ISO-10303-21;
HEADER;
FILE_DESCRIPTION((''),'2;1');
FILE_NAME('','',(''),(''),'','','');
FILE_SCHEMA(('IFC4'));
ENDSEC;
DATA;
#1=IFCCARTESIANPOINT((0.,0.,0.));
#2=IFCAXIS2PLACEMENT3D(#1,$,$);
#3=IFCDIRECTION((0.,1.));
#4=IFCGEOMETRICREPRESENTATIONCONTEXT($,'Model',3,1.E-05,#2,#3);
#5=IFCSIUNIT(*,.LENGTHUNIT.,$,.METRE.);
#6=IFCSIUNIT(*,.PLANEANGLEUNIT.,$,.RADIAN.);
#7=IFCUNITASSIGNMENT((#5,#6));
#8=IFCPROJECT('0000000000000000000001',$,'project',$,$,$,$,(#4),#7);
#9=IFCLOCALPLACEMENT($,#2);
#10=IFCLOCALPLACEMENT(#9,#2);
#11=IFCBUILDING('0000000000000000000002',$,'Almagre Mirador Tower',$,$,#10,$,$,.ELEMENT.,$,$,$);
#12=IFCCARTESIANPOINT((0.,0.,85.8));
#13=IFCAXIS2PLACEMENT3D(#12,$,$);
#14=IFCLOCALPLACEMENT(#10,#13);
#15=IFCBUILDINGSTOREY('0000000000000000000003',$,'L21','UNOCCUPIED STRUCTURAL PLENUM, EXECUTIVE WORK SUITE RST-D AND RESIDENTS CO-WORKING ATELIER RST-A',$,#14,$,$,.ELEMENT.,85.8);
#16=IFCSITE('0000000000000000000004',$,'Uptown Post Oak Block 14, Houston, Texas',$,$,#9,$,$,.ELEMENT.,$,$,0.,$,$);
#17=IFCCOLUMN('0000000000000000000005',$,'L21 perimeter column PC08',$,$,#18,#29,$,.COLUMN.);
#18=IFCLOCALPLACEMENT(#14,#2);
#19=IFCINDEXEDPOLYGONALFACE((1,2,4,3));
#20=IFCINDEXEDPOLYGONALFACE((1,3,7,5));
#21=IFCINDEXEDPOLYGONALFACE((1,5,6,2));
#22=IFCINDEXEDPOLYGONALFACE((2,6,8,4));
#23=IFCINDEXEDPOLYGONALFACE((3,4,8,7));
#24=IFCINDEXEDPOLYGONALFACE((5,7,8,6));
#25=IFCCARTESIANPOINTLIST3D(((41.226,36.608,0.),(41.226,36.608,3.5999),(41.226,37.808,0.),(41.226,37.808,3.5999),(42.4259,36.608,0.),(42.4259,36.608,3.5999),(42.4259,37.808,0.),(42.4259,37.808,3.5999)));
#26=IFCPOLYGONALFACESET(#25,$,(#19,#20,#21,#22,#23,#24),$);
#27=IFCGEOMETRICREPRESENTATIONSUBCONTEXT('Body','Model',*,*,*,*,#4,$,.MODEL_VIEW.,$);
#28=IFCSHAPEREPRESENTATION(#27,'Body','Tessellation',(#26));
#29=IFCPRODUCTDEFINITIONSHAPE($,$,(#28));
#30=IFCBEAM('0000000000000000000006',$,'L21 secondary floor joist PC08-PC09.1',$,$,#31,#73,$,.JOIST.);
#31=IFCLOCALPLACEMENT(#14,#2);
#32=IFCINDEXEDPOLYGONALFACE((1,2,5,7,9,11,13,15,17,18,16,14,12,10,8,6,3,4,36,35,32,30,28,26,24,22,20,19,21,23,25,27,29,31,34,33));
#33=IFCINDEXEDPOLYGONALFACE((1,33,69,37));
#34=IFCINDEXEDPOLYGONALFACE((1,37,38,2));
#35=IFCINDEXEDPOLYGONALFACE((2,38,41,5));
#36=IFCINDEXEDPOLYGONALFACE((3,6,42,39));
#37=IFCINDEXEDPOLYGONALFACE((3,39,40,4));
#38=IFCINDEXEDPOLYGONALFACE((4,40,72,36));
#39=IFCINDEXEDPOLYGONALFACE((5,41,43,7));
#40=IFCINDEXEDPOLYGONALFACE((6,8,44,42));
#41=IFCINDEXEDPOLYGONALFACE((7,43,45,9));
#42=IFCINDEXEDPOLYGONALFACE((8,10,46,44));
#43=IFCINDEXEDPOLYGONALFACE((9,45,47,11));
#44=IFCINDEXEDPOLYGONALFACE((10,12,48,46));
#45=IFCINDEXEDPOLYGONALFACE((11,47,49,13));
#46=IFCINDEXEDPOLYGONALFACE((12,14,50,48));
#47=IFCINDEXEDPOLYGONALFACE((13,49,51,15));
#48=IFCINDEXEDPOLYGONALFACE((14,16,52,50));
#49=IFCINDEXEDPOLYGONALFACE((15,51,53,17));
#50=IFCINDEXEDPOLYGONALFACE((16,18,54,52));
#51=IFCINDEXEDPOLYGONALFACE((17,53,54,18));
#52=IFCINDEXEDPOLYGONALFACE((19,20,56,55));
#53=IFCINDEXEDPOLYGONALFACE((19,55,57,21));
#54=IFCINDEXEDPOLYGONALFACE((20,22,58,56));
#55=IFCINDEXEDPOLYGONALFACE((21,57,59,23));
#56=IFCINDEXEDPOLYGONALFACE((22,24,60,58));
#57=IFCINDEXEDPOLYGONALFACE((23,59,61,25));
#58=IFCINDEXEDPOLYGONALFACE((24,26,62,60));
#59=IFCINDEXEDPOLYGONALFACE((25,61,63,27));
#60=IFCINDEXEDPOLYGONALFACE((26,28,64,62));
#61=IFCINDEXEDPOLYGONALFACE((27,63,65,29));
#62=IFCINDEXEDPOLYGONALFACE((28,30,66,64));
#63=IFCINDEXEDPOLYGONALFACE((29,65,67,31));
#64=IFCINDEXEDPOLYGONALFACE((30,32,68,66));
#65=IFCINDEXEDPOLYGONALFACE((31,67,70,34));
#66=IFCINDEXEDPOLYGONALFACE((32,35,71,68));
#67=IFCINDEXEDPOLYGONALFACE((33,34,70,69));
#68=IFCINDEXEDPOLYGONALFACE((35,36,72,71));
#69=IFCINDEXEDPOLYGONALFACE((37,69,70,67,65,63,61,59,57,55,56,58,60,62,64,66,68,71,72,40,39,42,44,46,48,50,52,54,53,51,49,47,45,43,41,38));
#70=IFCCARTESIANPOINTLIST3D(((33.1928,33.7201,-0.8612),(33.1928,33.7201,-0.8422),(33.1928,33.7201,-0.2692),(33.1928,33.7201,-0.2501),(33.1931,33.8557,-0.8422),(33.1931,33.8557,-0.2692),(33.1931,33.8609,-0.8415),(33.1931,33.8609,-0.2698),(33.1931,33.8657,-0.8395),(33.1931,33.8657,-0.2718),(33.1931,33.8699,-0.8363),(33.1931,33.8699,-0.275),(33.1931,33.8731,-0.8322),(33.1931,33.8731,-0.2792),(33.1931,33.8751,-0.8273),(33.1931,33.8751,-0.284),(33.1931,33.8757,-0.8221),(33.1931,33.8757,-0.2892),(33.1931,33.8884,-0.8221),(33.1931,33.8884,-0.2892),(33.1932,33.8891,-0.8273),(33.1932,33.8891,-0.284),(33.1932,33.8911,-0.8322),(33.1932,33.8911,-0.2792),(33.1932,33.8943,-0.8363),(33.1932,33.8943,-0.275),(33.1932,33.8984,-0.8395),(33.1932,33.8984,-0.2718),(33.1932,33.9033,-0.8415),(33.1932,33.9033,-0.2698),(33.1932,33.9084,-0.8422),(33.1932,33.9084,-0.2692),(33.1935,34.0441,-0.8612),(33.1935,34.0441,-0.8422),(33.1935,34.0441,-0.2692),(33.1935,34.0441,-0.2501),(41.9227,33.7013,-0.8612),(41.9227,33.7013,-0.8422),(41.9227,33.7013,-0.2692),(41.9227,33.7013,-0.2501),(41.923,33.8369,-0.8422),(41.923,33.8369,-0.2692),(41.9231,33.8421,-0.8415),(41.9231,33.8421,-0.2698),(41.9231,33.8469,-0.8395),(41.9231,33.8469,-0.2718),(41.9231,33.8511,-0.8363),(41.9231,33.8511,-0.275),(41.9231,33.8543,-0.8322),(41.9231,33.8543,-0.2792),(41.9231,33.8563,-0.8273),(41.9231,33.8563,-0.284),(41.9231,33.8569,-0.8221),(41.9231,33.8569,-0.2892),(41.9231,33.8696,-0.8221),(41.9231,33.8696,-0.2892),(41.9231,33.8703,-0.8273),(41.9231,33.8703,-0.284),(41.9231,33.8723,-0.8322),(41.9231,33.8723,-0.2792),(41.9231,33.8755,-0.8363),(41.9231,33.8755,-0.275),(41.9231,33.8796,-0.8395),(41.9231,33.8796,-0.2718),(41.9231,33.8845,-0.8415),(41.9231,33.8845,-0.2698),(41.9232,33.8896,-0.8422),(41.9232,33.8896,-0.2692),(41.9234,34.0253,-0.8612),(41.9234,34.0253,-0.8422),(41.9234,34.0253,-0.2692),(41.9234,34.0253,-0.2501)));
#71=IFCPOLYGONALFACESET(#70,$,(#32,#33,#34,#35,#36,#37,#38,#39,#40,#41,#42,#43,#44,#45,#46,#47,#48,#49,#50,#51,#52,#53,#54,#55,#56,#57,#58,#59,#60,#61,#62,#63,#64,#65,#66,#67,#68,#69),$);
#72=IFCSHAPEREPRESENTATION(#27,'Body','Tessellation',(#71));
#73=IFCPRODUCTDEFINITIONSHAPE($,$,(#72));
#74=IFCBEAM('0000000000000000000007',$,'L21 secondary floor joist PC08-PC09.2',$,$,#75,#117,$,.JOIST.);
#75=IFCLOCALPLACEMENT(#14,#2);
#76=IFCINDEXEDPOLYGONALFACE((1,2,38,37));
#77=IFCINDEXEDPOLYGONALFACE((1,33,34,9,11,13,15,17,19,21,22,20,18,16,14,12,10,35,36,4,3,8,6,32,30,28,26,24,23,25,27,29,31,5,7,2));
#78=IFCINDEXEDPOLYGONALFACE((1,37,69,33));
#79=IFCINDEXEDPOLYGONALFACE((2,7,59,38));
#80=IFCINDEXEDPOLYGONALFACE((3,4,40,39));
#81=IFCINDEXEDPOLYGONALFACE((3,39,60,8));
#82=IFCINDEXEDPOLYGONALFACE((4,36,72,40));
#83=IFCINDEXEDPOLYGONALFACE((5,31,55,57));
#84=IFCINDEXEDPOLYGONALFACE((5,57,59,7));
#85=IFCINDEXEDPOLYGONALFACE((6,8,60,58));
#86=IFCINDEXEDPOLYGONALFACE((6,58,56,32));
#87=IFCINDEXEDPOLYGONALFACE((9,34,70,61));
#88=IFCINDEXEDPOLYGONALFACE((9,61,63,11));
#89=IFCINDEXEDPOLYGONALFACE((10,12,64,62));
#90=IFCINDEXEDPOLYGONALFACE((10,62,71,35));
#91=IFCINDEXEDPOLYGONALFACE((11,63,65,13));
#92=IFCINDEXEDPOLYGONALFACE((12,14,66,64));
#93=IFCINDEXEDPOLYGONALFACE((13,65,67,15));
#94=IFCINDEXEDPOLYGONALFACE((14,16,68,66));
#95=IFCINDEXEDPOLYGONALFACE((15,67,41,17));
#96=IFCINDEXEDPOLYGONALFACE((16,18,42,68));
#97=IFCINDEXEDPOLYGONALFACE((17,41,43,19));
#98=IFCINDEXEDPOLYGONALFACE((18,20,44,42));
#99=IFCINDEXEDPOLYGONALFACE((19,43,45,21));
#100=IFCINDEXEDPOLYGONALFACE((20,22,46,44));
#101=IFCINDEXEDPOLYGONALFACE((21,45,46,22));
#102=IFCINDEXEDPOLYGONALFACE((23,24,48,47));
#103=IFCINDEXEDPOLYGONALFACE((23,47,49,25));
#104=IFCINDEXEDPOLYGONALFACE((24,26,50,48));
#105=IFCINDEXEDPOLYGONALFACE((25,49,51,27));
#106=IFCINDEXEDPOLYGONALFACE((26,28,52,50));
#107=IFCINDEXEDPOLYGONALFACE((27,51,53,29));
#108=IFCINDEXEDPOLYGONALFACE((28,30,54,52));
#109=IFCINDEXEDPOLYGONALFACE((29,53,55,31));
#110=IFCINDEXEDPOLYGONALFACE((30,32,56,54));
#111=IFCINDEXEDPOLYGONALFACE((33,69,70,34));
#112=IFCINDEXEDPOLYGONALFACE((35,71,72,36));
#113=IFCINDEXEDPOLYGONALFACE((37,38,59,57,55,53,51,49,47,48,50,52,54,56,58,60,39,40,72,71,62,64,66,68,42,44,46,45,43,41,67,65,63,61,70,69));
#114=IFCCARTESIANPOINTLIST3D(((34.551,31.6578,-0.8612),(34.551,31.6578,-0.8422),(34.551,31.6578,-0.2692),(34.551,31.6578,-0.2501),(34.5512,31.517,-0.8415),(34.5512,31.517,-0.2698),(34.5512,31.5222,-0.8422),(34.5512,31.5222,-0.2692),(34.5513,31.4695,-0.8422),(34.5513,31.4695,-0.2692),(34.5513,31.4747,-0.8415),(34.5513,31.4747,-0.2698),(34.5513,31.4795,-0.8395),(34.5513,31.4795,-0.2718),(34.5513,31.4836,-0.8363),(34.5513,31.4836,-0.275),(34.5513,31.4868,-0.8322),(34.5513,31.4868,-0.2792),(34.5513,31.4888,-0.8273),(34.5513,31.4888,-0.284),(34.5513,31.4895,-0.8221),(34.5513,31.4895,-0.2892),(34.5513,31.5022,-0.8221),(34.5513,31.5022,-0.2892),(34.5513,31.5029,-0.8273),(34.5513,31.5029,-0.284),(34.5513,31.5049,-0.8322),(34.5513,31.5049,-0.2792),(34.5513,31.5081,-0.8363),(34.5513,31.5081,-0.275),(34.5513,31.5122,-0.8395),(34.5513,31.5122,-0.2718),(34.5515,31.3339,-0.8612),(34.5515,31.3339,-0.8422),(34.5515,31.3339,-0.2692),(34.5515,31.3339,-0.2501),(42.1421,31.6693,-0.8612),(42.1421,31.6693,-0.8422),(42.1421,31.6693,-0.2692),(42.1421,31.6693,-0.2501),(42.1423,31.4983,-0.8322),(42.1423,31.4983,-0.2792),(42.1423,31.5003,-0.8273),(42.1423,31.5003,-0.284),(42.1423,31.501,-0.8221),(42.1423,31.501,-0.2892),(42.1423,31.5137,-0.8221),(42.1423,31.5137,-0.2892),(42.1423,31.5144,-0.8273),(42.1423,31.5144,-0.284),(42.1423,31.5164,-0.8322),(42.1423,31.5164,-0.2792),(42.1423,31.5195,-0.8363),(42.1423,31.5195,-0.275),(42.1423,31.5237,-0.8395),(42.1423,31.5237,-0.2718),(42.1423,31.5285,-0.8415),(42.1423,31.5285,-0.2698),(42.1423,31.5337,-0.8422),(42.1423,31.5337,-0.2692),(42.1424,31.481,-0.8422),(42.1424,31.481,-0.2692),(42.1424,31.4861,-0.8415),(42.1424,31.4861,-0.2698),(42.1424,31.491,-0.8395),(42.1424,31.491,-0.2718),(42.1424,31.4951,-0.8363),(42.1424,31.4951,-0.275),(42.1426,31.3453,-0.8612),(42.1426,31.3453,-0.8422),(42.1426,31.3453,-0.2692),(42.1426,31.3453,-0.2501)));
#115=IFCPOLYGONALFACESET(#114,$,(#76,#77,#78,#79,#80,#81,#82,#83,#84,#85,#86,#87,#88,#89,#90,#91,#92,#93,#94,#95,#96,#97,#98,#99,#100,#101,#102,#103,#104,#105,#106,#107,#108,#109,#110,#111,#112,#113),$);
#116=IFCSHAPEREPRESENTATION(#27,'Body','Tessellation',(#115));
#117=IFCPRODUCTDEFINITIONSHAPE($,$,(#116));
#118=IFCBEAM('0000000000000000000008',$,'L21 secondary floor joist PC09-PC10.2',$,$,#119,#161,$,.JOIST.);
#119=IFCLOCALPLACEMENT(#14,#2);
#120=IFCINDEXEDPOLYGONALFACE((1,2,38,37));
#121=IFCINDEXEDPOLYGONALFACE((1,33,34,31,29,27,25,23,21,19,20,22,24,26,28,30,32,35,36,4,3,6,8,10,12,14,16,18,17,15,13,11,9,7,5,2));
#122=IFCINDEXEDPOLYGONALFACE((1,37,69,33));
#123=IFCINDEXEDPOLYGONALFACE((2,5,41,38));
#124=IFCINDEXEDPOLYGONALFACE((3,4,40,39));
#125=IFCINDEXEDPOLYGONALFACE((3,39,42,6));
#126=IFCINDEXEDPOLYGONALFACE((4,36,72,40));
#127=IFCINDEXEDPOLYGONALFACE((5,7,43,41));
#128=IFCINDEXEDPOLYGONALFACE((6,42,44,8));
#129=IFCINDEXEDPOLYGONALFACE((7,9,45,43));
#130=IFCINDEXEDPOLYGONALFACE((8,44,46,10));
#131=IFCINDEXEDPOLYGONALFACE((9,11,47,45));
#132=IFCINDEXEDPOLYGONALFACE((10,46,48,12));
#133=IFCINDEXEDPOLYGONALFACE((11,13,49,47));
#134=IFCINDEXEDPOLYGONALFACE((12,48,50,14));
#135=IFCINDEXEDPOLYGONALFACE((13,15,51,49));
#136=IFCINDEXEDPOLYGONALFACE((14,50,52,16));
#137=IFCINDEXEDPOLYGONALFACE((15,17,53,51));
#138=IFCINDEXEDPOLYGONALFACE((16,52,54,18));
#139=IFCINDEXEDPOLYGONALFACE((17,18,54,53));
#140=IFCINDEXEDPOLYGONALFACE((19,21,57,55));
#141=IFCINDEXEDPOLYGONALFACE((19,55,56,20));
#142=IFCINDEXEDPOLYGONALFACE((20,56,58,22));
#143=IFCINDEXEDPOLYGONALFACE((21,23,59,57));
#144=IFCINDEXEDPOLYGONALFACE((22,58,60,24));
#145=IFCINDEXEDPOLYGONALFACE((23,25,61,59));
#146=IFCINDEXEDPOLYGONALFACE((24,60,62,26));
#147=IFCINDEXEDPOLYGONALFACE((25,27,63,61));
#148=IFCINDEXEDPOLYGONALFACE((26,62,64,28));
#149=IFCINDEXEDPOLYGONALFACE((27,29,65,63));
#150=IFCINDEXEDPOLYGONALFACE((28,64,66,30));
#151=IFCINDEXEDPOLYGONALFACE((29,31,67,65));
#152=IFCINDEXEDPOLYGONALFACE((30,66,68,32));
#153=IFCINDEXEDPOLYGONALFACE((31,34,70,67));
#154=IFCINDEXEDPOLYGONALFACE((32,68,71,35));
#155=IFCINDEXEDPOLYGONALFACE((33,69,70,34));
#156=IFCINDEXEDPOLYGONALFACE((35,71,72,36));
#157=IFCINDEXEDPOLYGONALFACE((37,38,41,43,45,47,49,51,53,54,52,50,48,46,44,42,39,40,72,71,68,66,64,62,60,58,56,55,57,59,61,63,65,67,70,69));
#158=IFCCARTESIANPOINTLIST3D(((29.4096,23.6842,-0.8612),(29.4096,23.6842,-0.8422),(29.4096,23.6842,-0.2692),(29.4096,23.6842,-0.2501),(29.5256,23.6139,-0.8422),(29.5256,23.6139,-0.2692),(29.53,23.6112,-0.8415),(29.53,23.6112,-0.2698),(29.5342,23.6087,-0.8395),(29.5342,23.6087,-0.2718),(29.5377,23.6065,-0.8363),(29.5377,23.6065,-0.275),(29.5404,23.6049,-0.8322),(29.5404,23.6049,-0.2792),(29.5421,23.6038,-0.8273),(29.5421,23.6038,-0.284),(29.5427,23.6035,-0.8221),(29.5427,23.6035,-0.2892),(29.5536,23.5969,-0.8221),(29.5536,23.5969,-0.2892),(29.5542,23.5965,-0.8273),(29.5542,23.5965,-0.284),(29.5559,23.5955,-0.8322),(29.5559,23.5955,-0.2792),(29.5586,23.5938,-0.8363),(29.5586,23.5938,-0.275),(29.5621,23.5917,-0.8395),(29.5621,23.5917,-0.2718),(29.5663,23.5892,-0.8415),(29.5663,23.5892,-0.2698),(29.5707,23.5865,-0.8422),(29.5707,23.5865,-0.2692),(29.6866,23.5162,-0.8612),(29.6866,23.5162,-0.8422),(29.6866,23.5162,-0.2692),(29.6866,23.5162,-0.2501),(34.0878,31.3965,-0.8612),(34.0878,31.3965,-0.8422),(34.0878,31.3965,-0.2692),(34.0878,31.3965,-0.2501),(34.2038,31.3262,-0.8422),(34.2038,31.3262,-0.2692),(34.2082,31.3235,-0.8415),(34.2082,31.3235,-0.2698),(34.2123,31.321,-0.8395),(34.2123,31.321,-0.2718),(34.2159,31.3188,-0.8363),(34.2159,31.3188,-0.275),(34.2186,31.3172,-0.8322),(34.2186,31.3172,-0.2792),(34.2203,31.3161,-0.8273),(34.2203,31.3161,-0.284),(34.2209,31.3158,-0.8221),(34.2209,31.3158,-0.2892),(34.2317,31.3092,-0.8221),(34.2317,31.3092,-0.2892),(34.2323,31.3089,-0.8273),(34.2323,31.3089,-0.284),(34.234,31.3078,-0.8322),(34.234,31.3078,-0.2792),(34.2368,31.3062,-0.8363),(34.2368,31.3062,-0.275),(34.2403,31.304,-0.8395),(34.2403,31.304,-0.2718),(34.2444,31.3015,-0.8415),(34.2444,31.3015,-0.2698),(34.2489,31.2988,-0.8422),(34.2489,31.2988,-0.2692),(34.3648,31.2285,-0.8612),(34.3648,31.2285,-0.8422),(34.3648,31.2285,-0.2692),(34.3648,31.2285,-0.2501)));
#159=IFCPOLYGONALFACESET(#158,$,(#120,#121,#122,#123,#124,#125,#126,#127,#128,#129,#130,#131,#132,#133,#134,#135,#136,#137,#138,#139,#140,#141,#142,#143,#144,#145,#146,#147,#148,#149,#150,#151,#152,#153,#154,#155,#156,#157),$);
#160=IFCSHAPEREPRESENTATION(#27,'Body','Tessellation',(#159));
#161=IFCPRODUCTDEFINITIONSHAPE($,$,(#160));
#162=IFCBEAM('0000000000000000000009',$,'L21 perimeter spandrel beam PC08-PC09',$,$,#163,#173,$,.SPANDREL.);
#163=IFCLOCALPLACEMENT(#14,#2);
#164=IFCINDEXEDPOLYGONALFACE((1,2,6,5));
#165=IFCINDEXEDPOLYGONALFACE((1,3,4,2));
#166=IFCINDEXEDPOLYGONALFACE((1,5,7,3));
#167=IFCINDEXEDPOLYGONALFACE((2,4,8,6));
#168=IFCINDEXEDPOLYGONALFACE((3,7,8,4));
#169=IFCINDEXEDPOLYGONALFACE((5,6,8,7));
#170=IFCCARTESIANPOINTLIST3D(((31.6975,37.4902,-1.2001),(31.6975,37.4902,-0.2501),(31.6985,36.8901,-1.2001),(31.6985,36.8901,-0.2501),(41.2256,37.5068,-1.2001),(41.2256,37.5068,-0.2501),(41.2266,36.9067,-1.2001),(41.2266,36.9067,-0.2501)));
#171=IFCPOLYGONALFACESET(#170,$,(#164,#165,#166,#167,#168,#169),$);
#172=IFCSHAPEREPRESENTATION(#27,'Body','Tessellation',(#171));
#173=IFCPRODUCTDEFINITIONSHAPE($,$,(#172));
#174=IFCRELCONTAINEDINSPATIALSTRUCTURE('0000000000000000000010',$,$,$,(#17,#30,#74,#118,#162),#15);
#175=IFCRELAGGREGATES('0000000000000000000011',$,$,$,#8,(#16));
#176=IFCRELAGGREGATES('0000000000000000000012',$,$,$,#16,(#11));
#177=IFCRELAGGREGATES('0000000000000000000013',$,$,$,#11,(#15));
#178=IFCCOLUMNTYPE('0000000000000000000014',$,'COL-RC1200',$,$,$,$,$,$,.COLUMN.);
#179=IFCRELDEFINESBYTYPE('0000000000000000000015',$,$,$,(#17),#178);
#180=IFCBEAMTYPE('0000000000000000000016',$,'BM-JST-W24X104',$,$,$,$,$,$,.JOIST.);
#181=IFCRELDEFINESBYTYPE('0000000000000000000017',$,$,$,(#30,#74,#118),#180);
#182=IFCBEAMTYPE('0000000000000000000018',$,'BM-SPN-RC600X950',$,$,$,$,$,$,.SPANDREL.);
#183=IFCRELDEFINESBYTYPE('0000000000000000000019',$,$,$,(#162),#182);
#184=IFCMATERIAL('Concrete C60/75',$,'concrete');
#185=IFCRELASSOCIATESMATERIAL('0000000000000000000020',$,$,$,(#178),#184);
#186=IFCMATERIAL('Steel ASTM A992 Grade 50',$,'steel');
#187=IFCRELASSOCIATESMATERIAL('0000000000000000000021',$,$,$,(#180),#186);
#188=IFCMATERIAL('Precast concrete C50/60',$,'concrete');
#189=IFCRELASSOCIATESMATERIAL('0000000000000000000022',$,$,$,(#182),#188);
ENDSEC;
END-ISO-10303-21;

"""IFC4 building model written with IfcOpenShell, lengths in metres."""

from ifc_helpers import new_model, si_unit, direction, frame, origin, origin_2d, place, context, subcontext, project, spatial, rectangle, i_section, extrude, material, material_profile, profile_set, type_object, element, save


model = new_model("IFC4")

# Units and contexts
model_context = context("Model", 3, precision=1e-05, world=origin(), true_north=direction((0.0, 1.0)))
body_context = subcontext(model_context, "Body", "Model", "MODEL_VIEW")
ifc_project = project(units=[si_unit("LENGTHUNIT", "METRE"), si_unit("PLANEANGLEUNIT", "RADIAN")], contexts=[model_context])

# Site, building, storey
site_placement = place(None, origin())
site = spatial("IfcSite", under=ifc_project, at=site_placement, Name="Uptown Post Oak Block 14, Houston, Texas", CompositionType="ELEMENT", RefElevation=0.0)
building_placement = place(site_placement, origin())
building = spatial("IfcBuilding", under=site, at=building_placement, Name="Almagre Mirador Tower", CompositionType="ELEMENT")
storey_placement = place(building_placement, frame((0.0, 0.0, 85.8)))
storey = spatial("IfcBuildingStorey", under=building, at=storey_placement, Name="L21", Description="UNOCCUPIED STRUCTURAL PLENUM, EXECUTIVE WORK SUITE RST-D AND RESIDENTS CO-WORKING ATELIER RST-A", CompositionType="ELEMENT", Elevation=85.8)

# Column
ifc_material_1 = material(Name="Concrete C60/75", Category="concrete")
ifc_material_profile_1 = material_profile(ifc_material_1, rectangle(XDim=1.2, YDim=1.2, at=origin_2d()), Name="RC1200X1200")
ifc_profile_set_1 = profile_set([ifc_material_profile_1], Name="Concrete C60/75")
column_type = type_object("IfcColumnType", Name="COL-RC1200", PredefinedType="COLUMN", material=ifc_profile_set_1)
column_placement = place(storey_placement, frame((41.8259, 37.208, 0.0), z_axis=(0.0, 0.0, 1.0), x_axis=(1.0, 0.0, 0.0)))
element("IfcColumn", 1, at=column_placement, inside=storey, type_object=column_type, Name="L21 perimeter column PC08", PredefinedType="COLUMN", context=body_context, shape_type="SweptSolid", body=[
    extrude(rectangle(XDim=1.2, YDim=1.2, at=origin_2d()), origin(), (0.0, 0.0, 1.0), 3.5999),
])

# Beams
ifc_material_2 = material(Name="Steel ASTM A992 Grade 50", Category="steel")
ifc_material_profile_2 = material_profile(ifc_material_2, i_section(OverallWidth=0.324, OverallDepth=0.6111, WebThickness=0.0127, FlangeThickness=0.019, FilletRadius=0.02, at=origin_2d()), Name="W24X104")
ifc_profile_set_2 = profile_set([ifc_material_profile_2], Name="Steel ASTM A992 Grade 50")
beam_type_1 = type_object("IfcBeamType", Name="BM-JST-W24X104", PredefinedType="JOIST", material=ifc_profile_set_2)
beam_1_placement = place(storey_placement, frame((41.9231, 33.8633, -0.5557), z_axis=(-0.999998, 0.002153, 0.0), x_axis=(-0.002153, -0.999998, 0.0)))
element("IfcBeam", 2, at=beam_1_placement, inside=storey, type_object=beam_type_1, Name="L21 secondary floor joist PC08-PC09.1", PredefinedType="JOIST", context=body_context, shape_type="SweptSolid", body=[
    extrude(i_section(OverallWidth=0.324, OverallDepth=0.6111, WebThickness=0.0127, FlangeThickness=0.019, FilletRadius=0.02, at=origin_2d()), origin(), (0.0, 0.0, 1.0), 8.73),
])
beam_2_placement = place(storey_placement, frame((42.1423, 31.5073, -0.5557), z_axis=(-0.999999, -0.001512, 0.0), x_axis=(0.001512, -0.999999, 0.0)))
element("IfcBeam", 3, at=beam_2_placement, inside=storey, type_object=beam_type_1, Name="L21 secondary floor joist PC08-PC09.2", PredefinedType="JOIST", context=body_context, shape_type="SweptSolid", body=[
    extrude(i_section(OverallWidth=0.324, OverallDepth=0.6111, WebThickness=0.0127, FlangeThickness=0.019, FilletRadius=0.02, at=origin_2d()), origin(), (0.0, 0.0, 1.0), 7.5911),
])
beam_3_placement = place(storey_placement, frame((34.2263, 31.3125, -0.5557), z_axis=(-0.518629, -0.854999, 0.0), x_axis=(0.854999, -0.518629, 0.0)))
element("IfcBeam", 4, at=beam_3_placement, inside=storey, type_object=beam_type_1, Name="L21 secondary floor joist PC09-PC10.2", PredefinedType="JOIST", context=body_context, shape_type="SweptSolid", body=[
    extrude(i_section(OverallWidth=0.324, OverallDepth=0.6111, WebThickness=0.0127, FlangeThickness=0.019, FilletRadius=0.02, at=origin_2d()), origin(), (0.0, 0.0, 1.0), 9.0203),
])
ifc_material_3 = material(Name="Precast concrete C50/60", Category="concrete")
ifc_material_profile_3 = material_profile(ifc_material_3, rectangle(XDim=0.6001, YDim=0.95, at=origin_2d()), Name="RC600X950")
ifc_profile_set_3 = profile_set([ifc_material_profile_3], Name="Precast concrete C50/60")
beam_type_2 = type_object("IfcBeamType", Name="BM-SPN-RC600X950", PredefinedType="SPANDREL", material=ifc_profile_set_3)
beam_4_placement = place(storey_placement, frame((41.2261, 37.2068, -0.7251), z_axis=(-0.999998, -0.001742, 0.0), x_axis=(0.001742, -0.999998, 0.0)))
element("IfcBeam", 5, at=beam_4_placement, inside=storey, type_object=beam_type_2, Name="L21 perimeter spandrel beam PC08-PC09", PredefinedType="SPANDREL", context=body_context, shape_type="SweptSolid", body=[
    extrude(rectangle(XDim=0.6001, YDim=0.95, at=origin_2d()), origin(), (0.0, 0.0, 1.0), 9.5281),
])

save(model, "model.ifc")
